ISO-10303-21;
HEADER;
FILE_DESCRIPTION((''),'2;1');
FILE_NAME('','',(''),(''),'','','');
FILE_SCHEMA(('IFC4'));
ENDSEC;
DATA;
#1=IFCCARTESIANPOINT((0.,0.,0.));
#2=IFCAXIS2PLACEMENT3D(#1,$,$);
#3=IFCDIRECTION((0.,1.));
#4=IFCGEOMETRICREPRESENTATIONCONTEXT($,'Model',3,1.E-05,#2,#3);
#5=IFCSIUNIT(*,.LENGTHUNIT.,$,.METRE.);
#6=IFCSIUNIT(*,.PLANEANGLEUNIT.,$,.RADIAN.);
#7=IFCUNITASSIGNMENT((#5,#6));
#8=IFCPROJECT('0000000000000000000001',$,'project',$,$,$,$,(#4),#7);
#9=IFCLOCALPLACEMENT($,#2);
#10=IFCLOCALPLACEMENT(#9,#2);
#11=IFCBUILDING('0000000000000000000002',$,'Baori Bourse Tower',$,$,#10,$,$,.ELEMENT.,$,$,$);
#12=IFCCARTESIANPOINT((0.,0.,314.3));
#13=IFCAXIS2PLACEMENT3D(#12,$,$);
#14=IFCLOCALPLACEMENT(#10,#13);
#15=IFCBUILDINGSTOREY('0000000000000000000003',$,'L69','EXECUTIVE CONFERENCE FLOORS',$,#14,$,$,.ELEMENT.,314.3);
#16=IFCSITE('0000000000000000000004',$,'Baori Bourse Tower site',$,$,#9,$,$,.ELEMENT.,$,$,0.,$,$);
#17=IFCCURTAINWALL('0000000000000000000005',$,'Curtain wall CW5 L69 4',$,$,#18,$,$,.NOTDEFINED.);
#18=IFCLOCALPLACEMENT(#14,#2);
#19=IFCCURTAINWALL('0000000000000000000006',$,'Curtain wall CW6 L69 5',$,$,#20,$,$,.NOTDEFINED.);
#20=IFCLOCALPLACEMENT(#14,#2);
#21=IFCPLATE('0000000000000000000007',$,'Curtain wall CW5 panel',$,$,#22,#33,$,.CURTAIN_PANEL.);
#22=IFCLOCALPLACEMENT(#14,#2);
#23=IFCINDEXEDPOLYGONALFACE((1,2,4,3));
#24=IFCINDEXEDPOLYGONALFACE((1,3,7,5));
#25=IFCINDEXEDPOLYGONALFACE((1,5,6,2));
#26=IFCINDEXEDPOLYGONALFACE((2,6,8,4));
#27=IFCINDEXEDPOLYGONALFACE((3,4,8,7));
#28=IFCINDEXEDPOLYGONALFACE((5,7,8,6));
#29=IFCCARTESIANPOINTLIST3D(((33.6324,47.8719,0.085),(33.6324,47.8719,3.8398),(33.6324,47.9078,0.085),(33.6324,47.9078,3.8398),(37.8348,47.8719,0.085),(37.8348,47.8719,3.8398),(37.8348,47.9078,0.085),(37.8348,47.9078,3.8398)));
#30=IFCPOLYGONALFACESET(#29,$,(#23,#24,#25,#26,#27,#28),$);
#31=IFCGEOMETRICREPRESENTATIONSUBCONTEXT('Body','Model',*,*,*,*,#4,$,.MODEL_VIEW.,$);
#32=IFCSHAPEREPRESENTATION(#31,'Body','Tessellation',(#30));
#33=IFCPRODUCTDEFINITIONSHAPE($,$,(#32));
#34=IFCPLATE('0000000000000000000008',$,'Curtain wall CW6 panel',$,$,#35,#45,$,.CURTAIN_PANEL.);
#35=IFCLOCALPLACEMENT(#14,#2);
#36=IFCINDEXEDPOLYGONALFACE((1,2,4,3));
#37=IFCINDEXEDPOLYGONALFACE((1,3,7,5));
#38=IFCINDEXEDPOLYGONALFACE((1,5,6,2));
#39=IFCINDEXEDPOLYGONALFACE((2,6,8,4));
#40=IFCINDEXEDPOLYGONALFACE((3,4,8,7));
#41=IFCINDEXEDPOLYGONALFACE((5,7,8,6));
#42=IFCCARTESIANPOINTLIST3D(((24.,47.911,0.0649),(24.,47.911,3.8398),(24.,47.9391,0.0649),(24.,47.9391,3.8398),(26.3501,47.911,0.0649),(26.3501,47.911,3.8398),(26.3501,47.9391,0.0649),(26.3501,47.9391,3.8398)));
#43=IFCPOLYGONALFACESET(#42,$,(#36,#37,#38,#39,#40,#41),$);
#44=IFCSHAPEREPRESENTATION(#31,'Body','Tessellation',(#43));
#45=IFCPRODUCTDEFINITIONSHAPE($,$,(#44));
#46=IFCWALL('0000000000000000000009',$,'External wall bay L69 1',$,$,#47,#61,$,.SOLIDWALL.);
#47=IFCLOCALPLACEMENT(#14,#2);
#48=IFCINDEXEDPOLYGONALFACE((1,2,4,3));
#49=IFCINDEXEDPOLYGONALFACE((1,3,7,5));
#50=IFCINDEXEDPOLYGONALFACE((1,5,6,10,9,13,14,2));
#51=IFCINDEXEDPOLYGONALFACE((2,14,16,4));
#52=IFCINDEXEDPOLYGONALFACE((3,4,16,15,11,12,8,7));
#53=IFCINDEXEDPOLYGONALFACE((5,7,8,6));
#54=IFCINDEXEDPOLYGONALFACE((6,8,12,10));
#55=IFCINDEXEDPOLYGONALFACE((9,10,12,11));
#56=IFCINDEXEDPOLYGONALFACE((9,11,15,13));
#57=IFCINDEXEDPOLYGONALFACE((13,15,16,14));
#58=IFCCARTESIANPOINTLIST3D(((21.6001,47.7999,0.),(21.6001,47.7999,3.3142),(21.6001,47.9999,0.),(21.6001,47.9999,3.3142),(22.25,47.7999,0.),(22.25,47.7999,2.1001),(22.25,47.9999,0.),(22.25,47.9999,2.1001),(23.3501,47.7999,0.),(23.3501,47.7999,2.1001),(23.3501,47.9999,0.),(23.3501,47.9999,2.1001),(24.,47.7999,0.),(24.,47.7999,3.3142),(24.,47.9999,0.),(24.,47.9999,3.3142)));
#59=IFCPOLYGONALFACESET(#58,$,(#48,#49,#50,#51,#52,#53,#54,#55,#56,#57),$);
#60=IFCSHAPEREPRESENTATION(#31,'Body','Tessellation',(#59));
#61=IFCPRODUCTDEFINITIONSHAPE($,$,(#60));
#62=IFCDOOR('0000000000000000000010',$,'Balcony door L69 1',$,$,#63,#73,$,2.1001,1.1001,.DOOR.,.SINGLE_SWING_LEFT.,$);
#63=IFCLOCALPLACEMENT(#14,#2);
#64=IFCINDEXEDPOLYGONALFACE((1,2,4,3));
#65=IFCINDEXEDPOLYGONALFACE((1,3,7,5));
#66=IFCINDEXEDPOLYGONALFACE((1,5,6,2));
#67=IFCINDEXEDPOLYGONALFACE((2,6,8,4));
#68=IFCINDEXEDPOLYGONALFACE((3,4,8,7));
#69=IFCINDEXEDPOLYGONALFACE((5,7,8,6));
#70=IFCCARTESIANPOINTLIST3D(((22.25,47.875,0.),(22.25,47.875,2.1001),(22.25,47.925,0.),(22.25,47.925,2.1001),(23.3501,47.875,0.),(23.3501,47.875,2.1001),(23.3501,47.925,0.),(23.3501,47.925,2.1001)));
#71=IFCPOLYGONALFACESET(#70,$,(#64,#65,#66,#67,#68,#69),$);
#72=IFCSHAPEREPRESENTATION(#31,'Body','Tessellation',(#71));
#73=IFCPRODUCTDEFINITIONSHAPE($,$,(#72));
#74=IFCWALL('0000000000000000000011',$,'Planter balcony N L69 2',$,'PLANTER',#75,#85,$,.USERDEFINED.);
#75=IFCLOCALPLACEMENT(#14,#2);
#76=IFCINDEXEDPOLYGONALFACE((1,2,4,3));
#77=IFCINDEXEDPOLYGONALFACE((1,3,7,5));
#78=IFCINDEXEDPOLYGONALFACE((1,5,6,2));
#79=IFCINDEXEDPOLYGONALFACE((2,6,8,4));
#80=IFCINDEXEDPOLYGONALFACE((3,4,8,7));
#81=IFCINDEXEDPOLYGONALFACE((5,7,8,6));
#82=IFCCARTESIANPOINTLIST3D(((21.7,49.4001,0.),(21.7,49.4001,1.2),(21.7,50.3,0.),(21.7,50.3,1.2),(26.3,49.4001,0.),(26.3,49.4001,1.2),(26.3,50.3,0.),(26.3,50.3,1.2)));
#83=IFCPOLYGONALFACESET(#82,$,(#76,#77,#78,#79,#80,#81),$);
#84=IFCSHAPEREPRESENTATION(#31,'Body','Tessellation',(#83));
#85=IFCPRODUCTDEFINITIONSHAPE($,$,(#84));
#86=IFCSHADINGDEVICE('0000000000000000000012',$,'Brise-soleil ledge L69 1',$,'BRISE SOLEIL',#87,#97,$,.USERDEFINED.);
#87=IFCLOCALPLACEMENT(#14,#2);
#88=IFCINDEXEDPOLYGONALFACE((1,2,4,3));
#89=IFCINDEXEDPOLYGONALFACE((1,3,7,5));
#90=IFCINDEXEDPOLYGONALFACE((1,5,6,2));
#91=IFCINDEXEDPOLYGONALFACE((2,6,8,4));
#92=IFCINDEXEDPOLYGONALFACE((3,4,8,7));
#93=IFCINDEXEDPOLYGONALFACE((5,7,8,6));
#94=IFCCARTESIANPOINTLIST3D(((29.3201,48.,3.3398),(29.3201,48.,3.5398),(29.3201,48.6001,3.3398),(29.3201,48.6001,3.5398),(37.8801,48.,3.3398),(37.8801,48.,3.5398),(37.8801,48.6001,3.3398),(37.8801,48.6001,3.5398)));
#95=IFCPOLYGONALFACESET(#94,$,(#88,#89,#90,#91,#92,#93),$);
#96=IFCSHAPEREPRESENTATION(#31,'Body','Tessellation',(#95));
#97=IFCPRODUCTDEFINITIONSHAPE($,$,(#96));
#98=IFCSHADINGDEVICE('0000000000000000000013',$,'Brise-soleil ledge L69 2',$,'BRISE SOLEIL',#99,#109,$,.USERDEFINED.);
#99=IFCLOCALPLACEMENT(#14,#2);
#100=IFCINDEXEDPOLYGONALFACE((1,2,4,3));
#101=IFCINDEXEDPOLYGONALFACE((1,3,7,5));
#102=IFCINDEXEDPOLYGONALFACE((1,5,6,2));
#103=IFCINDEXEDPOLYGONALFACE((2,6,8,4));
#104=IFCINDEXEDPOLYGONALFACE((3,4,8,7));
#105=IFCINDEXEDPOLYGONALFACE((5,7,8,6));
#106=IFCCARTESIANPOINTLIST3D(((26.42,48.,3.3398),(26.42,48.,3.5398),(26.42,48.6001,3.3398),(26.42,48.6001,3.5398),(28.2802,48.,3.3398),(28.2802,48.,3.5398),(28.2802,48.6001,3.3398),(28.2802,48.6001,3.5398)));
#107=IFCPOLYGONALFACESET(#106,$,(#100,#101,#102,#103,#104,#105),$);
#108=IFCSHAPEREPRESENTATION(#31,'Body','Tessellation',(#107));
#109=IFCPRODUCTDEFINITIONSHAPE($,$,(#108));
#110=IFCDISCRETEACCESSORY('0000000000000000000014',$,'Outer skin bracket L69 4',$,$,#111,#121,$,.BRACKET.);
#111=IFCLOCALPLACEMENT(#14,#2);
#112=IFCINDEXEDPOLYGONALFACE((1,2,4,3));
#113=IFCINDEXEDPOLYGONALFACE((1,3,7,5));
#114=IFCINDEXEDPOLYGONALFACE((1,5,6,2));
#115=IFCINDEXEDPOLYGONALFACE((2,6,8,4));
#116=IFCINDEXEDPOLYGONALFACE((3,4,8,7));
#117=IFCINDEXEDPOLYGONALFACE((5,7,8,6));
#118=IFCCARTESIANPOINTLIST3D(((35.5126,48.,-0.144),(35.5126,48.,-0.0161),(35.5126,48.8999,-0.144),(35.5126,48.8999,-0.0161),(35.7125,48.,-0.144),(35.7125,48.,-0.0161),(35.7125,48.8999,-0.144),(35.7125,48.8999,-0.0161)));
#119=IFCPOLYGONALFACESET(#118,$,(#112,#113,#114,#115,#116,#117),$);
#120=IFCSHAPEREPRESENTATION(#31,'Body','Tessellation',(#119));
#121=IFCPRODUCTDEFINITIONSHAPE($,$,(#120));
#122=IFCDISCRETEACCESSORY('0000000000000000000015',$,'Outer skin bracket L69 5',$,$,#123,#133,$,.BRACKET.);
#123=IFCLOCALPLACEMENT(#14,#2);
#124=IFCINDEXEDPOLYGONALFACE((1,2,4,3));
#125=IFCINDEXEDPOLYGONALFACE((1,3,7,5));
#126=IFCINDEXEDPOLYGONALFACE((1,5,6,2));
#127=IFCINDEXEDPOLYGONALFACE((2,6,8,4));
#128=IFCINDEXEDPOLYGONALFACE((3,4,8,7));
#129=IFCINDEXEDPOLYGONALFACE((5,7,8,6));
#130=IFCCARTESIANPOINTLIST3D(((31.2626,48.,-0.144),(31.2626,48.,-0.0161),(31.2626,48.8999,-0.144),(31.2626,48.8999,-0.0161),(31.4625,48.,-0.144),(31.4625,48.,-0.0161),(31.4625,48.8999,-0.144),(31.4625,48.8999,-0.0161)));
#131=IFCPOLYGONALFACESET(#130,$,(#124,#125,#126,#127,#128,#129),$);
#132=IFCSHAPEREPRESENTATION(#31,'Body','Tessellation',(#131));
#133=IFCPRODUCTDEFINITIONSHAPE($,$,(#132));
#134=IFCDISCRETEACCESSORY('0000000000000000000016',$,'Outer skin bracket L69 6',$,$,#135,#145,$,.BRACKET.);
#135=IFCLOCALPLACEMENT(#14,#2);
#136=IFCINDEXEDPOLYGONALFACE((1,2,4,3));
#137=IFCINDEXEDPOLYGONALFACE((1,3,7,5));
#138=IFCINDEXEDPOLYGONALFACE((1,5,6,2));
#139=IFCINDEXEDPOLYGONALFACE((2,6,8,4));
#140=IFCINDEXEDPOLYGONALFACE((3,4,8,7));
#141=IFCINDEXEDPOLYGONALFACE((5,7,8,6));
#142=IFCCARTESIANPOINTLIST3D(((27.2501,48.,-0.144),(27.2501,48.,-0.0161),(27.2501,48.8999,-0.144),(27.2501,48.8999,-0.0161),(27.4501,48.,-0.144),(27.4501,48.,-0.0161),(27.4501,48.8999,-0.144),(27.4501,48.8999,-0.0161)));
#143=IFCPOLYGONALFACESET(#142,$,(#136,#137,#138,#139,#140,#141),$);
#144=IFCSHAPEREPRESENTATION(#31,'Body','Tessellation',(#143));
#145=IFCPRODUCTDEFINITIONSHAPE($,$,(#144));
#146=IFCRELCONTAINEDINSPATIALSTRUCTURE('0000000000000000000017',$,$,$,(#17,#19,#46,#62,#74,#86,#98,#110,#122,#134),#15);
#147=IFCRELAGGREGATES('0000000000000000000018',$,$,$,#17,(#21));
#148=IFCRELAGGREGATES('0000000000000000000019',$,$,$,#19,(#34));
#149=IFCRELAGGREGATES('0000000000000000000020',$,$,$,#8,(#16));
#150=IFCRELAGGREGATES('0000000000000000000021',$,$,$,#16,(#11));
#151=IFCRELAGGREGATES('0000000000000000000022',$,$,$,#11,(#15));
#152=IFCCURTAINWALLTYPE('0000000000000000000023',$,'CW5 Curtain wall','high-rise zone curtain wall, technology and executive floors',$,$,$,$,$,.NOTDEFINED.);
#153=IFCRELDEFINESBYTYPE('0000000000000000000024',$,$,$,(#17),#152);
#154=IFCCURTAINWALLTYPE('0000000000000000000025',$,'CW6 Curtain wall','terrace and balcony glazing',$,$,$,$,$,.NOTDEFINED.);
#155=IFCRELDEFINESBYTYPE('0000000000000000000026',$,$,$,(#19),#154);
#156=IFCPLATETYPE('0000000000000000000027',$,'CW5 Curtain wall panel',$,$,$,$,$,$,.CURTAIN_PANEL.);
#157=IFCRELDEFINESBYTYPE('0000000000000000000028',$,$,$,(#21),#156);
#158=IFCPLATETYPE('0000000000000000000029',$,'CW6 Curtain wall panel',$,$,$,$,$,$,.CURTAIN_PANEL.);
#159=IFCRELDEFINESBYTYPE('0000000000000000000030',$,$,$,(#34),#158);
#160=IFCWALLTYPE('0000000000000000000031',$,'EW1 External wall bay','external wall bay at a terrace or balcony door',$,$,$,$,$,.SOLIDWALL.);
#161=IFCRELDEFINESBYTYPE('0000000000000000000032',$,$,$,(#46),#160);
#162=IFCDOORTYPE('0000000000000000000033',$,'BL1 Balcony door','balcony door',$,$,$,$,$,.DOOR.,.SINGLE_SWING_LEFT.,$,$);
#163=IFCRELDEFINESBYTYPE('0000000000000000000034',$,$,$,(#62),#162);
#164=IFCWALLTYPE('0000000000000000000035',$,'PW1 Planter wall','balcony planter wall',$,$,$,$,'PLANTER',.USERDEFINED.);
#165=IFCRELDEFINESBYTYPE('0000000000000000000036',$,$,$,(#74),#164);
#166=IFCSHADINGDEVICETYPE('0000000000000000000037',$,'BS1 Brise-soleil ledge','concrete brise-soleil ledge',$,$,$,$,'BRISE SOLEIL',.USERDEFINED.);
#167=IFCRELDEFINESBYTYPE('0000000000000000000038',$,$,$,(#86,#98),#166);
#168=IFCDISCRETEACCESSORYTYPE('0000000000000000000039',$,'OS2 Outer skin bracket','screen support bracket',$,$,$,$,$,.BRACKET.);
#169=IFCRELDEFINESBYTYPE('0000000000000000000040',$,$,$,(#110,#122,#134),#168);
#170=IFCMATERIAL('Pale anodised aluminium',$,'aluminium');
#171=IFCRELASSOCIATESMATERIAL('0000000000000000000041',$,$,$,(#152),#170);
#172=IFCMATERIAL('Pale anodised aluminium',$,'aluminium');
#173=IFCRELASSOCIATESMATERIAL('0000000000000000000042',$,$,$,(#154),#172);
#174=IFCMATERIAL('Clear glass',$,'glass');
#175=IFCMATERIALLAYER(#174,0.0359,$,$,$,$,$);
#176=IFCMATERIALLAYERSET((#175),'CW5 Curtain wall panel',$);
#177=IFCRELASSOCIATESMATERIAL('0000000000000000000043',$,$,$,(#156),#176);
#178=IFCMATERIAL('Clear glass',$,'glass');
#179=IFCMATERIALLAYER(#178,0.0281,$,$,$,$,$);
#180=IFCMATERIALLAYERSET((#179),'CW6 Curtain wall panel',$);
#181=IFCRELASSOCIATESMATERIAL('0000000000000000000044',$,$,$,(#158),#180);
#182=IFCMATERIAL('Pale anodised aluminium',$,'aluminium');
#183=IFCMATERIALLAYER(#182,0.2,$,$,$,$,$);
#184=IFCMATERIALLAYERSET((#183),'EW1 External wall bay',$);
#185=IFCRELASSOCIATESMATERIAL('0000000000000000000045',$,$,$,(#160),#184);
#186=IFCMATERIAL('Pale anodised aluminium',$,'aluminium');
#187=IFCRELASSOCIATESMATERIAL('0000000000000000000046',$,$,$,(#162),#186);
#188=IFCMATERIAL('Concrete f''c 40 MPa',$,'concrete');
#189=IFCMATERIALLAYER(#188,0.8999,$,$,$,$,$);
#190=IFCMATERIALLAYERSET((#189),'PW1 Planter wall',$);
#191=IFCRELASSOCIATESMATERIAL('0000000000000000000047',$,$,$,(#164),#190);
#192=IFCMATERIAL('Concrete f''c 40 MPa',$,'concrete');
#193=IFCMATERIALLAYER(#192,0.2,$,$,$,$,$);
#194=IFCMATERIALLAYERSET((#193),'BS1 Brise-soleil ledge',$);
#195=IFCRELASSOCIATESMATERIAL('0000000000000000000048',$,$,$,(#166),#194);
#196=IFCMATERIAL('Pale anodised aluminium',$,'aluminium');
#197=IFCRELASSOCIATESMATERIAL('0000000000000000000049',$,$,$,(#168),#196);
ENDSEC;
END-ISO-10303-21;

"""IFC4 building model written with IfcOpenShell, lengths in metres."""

from ifc_helpers import new_model, si_unit, direction, frame, frame_2d, origin, origin_2d, place, context, subcontext, project, spatial, rectangle, extrude, material, layer, layer_set, type_object, element, fill, aggregate, save


model = new_model("IFC4")

# Units and contexts
model_context = context("Model", 3, precision=1e-05, world=origin(), true_north=direction((0.0, 1.0)))
body_context = subcontext(model_context, "Body", "Model", "MODEL_VIEW")
ifc_project = project(units=[si_unit("LENGTHUNIT", "METRE"), si_unit("PLANEANGLEUNIT", "RADIAN")], contexts=[model_context])

# Site, building, storey
site_placement = place(None, origin())
site = spatial("IfcSite", under=ifc_project, at=site_placement, Name="Baori Bourse Tower site", CompositionType="ELEMENT", RefElevation=0.0)
building_placement = place(site_placement, origin())
building = spatial("IfcBuilding", under=site, at=building_placement, Name="Baori Bourse Tower", CompositionType="ELEMENT")
storey_placement = place(building_placement, frame((0.0, 0.0, 314.3)))
storey = spatial("IfcBuildingStorey", under=building, at=storey_placement, Name="L69", Description="EXECUTIVE CONFERENCE FLOORS", CompositionType="ELEMENT", Elevation=314.3)

# Curtain walls
ifc_material_1 = material(Name="Pale anodised aluminium", Category="aluminium")
curtain_wall_type_1 = type_object("IfcCurtainWallType", Name="CW5 Curtain wall", Description="high-rise zone curtain wall, technology and executive floors", PredefinedType="NOTDEFINED", material=ifc_material_1)
curtain_wall_1_placement = place(storey_placement, origin())
curtain_wall_1 = element("IfcCurtainWall", 1, at=curtain_wall_1_placement, inside=storey, type_object=curtain_wall_type_1, Name="Curtain wall CW5 L69 4", PredefinedType="NOTDEFINED")
ifc_material_2 = material(Name="Pale anodised aluminium", Category="aluminium")
curtain_wall_type_2 = type_object("IfcCurtainWallType", Name="CW6 Curtain wall", Description="terrace and balcony glazing", PredefinedType="NOTDEFINED", material=ifc_material_2)
curtain_wall_2_placement = place(storey_placement, origin())
curtain_wall_2 = element("IfcCurtainWall", 2, at=curtain_wall_2_placement, inside=storey, type_object=curtain_wall_type_2, Name="Curtain wall CW6 L69 5", PredefinedType="NOTDEFINED")

# Plates
ifc_material_3 = material(Name="Clear glass", Category="glass")
ifc_layer_1 = layer(ifc_material_3, 0.0359)
ifc_layer_set_1 = layer_set([ifc_layer_1], Name="CW5 Curtain wall panel")
plate_type_1 = type_object("IfcPlateType", Name="CW5 Curtain wall panel", PredefinedType="CURTAIN_PANEL", material=ifc_layer_set_1)
plate_1_placement = place(storey_placement, frame((35.7336, 47.8899, 0.085), z_axis=(0.0, 0.0, 1.0), x_axis=(-1.0, 0.0, 0.0)))
plate_1 = element("IfcPlate", 3, at=plate_1_placement, type_object=plate_type_1, Name="Curtain wall CW5 panel", PredefinedType="CURTAIN_PANEL", context=body_context, shape_type="SweptSolid", body=[
    extrude(rectangle(XDim=4.2024, YDim=0.0359, at=origin_2d()), origin(), (0.0, 0.0, 1.0), 3.7549),
])
aggregate(curtain_wall_1, [plate_1])
ifc_material_4 = material(Name="Clear glass", Category="glass")
ifc_layer_2 = layer(ifc_material_4, 0.0281)
ifc_layer_set_2 = layer_set([ifc_layer_2], Name="CW6 Curtain wall panel")
plate_type_2 = type_object("IfcPlateType", Name="CW6 Curtain wall panel", PredefinedType="CURTAIN_PANEL", material=ifc_layer_set_2)
plate_2_placement = place(storey_placement, frame((25.175, 47.925, 0.0649), z_axis=(0.0, 0.0, 1.0), x_axis=(-1.0, 0.0, 0.0)))
plate_2 = element("IfcPlate", 4, at=plate_2_placement, type_object=plate_type_2, Name="Curtain wall CW6 panel", PredefinedType="CURTAIN_PANEL", context=body_context, shape_type="SweptSolid", body=[
    extrude(rectangle(XDim=2.3501, YDim=0.0281, at=origin_2d()), origin(), (0.0, 0.0, 1.0), 3.7749),
])
aggregate(curtain_wall_2, [plate_2])

# Wall, opening, door
ifc_material_5 = material(Name="Pale anodised aluminium", Category="aluminium")
ifc_layer_3 = layer(ifc_material_5, 0.2)
ifc_layer_set_3 = layer_set([ifc_layer_3], Name="EW1 External wall bay")
wall_type_1 = type_object("IfcWallType", Name="EW1 External wall bay", Description="external wall bay at a terrace or balcony door", PredefinedType="SOLIDWALL", material=ifc_layer_set_3)
wall_1_placement = place(storey_placement, frame((24.0, 47.8999, 0.0), z_axis=(0.0, 0.0, 1.0), x_axis=(-1.0, 0.0, 0.0)))
wall_1 = element("IfcWall", 5, at=wall_1_placement, inside=storey, type_object=wall_type_1, Name="External wall bay L69 1", PredefinedType="SOLIDWALL", context=body_context, shape_type="SweptSolid", body=[
    extrude(rectangle(XDim=2.3999, YDim=0.2, at=frame_2d((1.2, 0.0))), origin(), (0.0, 0.0, 1.0), 3.3142),
])
opening_placement = place(wall_1_placement, frame((0.6499, 0.0, 0.0)))
opening = element("IfcOpeningElement", 6, at=opening_placement, cuts=wall_1, PredefinedType="OPENING", context=body_context, shape_type="SweptSolid", body=[
    extrude(rectangle(XDim=1.1001, YDim=2.1001, at=frame_2d((0.55, 1.05))), frame((0.0, 0.1099, 0.0), z_axis=(0.0, -1.0, 0.0), x_axis=(1.0, 0.0, 0.0)), (0.0, 0.0, 1.0), 0.22),
])
ifc_material_6 = material(Name="Pale anodised aluminium", Category="aluminium")
door_type = type_object("IfcDoorType", Name="BL1 Balcony door", Description="balcony door", OperationType="SINGLE_SWING_LEFT", PredefinedType="DOOR", material=ifc_material_6)
door_placement = place(opening_placement, origin())
door = element("IfcDoor", 7, at=door_placement, inside=storey, type_object=door_type, Name="Balcony door L69 1", OperationType="SINGLE_SWING_LEFT", OverallHeight=2.1001, OverallWidth=1.1001, PredefinedType="DOOR", context=body_context, shape_type="SweptSolid", body=[
    extrude(rectangle(XDim=1.1001, YDim=2.1001, at=frame_2d((0.55, 1.05))), frame((0.0, 0.0249, 0.0), z_axis=(0.0, -1.0, 0.0), x_axis=(1.0, 0.0, 0.0)), (0.0, 0.0, 1.0), 0.05),
])
fill(opening, door)

# Wall
ifc_material_7 = material(Name="Concrete f'c 40 MPa", Category="concrete")
ifc_layer_4 = layer(ifc_material_7, 0.8999)
ifc_layer_set_4 = layer_set([ifc_layer_4], Name="PW1 Planter wall")
wall_type_2 = type_object("IfcWallType", Name="PW1 Planter wall", Description="balcony planter wall", ElementType="PLANTER", PredefinedType="USERDEFINED", material=ifc_layer_set_4)
wall_2_placement = place(storey_placement, frame((21.7, 49.8501, 0.0), z_axis=(0.0, 0.0, 1.0), x_axis=(1.0, 0.0, 0.0)))
element("IfcWall", 8, at=wall_2_placement, inside=storey, type_object=wall_type_2, Name="Planter balcony N L69 2", ObjectType="PLANTER", PredefinedType="USERDEFINED", context=body_context, shape_type="SweptSolid", body=[
    extrude(rectangle(XDim=4.6001, YDim=0.8999, at=frame_2d((2.3, 0.0))), origin(), (0.0, 0.0, 1.0), 1.2),
])

# Shading devices
ifc_material_8 = material(Name="Concrete f'c 40 MPa", Category="concrete")
ifc_layer_5 = layer(ifc_material_8, 0.2)
ifc_layer_set_5 = layer_set([ifc_layer_5], Name="BS1 Brise-soleil ledge")
shading_device_type = type_object("IfcShadingDeviceType", Name="BS1 Brise-soleil ledge", Description="concrete brise-soleil ledge", ElementType="BRISE SOLEIL", PredefinedType="USERDEFINED", material=ifc_layer_set_5)
shading_device_1_placement = place(storey_placement, frame((33.6001, 48.3, 3.3398), z_axis=(0.0, 0.0, 1.0), x_axis=(-1.0, 0.0, 0.0)))
element("IfcShadingDevice", 9, at=shading_device_1_placement, inside=storey, type_object=shading_device_type, Name="Brise-soleil ledge L69 1", ObjectType="BRISE SOLEIL", PredefinedType="USERDEFINED", context=body_context, shape_type="SweptSolid", body=[
    extrude(rectangle(XDim=8.5601, YDim=0.6001, at=origin_2d()), origin(), (0.0, 0.0, 1.0), 0.2),
])
shading_device_2_placement = place(storey_placement, frame((27.3501, 48.3, 3.3398), z_axis=(0.0, 0.0, 1.0), x_axis=(-1.0, 0.0, 0.0)))
element("IfcShadingDevice", 10, at=shading_device_2_placement, inside=storey, type_object=shading_device_type, Name="Brise-soleil ledge L69 2", ObjectType="BRISE SOLEIL", PredefinedType="USERDEFINED", context=body_context, shape_type="SweptSolid", body=[
    extrude(rectangle(XDim=1.8601, YDim=0.6001, at=origin_2d()), origin(), (0.0, 0.0, 1.0), 0.2),
])

# Discrete accessories
ifc_material_9 = material(Name="Pale anodised aluminium", Category="aluminium")
discrete_accessory_type = type_object("IfcDiscreteAccessoryType", Name="OS2 Outer skin bracket", Description="screen support bracket", PredefinedType="BRACKET", material=ifc_material_9)
for number, where, z_axis, x_axis, name in (
    (11, (35.6125, 48.45, -0.144), (0.0, 0.0, 1.0), (-1.0, 0.0, 0.0), "Outer skin bracket L69 4"),
    (12, (31.3625, 48.45, -0.144), (0.0, 0.0, 1.0), (-1.0, 0.0, 0.0), "Outer skin bracket L69 5"),
    (13, (27.3501, 48.45, -0.144), (0.0, 0.0, 1.0), (-1.0, 0.0, 0.0), "Outer skin bracket L69 6"),
):
    element("IfcDiscreteAccessory", number, at=place(storey_placement, frame(where, z_axis=z_axis, x_axis=x_axis)), inside=storey, type_object=discrete_accessory_type, Name=name, PredefinedType="BRACKET", context=body_context, shape_type="SweptSolid", body=[
        extrude(rectangle(XDim=0.2, YDim=0.8999, at=origin_2d()), origin(), (0.0, 0.0, 1.0), 0.1279),
    ])

save(model, "model.ifc")
